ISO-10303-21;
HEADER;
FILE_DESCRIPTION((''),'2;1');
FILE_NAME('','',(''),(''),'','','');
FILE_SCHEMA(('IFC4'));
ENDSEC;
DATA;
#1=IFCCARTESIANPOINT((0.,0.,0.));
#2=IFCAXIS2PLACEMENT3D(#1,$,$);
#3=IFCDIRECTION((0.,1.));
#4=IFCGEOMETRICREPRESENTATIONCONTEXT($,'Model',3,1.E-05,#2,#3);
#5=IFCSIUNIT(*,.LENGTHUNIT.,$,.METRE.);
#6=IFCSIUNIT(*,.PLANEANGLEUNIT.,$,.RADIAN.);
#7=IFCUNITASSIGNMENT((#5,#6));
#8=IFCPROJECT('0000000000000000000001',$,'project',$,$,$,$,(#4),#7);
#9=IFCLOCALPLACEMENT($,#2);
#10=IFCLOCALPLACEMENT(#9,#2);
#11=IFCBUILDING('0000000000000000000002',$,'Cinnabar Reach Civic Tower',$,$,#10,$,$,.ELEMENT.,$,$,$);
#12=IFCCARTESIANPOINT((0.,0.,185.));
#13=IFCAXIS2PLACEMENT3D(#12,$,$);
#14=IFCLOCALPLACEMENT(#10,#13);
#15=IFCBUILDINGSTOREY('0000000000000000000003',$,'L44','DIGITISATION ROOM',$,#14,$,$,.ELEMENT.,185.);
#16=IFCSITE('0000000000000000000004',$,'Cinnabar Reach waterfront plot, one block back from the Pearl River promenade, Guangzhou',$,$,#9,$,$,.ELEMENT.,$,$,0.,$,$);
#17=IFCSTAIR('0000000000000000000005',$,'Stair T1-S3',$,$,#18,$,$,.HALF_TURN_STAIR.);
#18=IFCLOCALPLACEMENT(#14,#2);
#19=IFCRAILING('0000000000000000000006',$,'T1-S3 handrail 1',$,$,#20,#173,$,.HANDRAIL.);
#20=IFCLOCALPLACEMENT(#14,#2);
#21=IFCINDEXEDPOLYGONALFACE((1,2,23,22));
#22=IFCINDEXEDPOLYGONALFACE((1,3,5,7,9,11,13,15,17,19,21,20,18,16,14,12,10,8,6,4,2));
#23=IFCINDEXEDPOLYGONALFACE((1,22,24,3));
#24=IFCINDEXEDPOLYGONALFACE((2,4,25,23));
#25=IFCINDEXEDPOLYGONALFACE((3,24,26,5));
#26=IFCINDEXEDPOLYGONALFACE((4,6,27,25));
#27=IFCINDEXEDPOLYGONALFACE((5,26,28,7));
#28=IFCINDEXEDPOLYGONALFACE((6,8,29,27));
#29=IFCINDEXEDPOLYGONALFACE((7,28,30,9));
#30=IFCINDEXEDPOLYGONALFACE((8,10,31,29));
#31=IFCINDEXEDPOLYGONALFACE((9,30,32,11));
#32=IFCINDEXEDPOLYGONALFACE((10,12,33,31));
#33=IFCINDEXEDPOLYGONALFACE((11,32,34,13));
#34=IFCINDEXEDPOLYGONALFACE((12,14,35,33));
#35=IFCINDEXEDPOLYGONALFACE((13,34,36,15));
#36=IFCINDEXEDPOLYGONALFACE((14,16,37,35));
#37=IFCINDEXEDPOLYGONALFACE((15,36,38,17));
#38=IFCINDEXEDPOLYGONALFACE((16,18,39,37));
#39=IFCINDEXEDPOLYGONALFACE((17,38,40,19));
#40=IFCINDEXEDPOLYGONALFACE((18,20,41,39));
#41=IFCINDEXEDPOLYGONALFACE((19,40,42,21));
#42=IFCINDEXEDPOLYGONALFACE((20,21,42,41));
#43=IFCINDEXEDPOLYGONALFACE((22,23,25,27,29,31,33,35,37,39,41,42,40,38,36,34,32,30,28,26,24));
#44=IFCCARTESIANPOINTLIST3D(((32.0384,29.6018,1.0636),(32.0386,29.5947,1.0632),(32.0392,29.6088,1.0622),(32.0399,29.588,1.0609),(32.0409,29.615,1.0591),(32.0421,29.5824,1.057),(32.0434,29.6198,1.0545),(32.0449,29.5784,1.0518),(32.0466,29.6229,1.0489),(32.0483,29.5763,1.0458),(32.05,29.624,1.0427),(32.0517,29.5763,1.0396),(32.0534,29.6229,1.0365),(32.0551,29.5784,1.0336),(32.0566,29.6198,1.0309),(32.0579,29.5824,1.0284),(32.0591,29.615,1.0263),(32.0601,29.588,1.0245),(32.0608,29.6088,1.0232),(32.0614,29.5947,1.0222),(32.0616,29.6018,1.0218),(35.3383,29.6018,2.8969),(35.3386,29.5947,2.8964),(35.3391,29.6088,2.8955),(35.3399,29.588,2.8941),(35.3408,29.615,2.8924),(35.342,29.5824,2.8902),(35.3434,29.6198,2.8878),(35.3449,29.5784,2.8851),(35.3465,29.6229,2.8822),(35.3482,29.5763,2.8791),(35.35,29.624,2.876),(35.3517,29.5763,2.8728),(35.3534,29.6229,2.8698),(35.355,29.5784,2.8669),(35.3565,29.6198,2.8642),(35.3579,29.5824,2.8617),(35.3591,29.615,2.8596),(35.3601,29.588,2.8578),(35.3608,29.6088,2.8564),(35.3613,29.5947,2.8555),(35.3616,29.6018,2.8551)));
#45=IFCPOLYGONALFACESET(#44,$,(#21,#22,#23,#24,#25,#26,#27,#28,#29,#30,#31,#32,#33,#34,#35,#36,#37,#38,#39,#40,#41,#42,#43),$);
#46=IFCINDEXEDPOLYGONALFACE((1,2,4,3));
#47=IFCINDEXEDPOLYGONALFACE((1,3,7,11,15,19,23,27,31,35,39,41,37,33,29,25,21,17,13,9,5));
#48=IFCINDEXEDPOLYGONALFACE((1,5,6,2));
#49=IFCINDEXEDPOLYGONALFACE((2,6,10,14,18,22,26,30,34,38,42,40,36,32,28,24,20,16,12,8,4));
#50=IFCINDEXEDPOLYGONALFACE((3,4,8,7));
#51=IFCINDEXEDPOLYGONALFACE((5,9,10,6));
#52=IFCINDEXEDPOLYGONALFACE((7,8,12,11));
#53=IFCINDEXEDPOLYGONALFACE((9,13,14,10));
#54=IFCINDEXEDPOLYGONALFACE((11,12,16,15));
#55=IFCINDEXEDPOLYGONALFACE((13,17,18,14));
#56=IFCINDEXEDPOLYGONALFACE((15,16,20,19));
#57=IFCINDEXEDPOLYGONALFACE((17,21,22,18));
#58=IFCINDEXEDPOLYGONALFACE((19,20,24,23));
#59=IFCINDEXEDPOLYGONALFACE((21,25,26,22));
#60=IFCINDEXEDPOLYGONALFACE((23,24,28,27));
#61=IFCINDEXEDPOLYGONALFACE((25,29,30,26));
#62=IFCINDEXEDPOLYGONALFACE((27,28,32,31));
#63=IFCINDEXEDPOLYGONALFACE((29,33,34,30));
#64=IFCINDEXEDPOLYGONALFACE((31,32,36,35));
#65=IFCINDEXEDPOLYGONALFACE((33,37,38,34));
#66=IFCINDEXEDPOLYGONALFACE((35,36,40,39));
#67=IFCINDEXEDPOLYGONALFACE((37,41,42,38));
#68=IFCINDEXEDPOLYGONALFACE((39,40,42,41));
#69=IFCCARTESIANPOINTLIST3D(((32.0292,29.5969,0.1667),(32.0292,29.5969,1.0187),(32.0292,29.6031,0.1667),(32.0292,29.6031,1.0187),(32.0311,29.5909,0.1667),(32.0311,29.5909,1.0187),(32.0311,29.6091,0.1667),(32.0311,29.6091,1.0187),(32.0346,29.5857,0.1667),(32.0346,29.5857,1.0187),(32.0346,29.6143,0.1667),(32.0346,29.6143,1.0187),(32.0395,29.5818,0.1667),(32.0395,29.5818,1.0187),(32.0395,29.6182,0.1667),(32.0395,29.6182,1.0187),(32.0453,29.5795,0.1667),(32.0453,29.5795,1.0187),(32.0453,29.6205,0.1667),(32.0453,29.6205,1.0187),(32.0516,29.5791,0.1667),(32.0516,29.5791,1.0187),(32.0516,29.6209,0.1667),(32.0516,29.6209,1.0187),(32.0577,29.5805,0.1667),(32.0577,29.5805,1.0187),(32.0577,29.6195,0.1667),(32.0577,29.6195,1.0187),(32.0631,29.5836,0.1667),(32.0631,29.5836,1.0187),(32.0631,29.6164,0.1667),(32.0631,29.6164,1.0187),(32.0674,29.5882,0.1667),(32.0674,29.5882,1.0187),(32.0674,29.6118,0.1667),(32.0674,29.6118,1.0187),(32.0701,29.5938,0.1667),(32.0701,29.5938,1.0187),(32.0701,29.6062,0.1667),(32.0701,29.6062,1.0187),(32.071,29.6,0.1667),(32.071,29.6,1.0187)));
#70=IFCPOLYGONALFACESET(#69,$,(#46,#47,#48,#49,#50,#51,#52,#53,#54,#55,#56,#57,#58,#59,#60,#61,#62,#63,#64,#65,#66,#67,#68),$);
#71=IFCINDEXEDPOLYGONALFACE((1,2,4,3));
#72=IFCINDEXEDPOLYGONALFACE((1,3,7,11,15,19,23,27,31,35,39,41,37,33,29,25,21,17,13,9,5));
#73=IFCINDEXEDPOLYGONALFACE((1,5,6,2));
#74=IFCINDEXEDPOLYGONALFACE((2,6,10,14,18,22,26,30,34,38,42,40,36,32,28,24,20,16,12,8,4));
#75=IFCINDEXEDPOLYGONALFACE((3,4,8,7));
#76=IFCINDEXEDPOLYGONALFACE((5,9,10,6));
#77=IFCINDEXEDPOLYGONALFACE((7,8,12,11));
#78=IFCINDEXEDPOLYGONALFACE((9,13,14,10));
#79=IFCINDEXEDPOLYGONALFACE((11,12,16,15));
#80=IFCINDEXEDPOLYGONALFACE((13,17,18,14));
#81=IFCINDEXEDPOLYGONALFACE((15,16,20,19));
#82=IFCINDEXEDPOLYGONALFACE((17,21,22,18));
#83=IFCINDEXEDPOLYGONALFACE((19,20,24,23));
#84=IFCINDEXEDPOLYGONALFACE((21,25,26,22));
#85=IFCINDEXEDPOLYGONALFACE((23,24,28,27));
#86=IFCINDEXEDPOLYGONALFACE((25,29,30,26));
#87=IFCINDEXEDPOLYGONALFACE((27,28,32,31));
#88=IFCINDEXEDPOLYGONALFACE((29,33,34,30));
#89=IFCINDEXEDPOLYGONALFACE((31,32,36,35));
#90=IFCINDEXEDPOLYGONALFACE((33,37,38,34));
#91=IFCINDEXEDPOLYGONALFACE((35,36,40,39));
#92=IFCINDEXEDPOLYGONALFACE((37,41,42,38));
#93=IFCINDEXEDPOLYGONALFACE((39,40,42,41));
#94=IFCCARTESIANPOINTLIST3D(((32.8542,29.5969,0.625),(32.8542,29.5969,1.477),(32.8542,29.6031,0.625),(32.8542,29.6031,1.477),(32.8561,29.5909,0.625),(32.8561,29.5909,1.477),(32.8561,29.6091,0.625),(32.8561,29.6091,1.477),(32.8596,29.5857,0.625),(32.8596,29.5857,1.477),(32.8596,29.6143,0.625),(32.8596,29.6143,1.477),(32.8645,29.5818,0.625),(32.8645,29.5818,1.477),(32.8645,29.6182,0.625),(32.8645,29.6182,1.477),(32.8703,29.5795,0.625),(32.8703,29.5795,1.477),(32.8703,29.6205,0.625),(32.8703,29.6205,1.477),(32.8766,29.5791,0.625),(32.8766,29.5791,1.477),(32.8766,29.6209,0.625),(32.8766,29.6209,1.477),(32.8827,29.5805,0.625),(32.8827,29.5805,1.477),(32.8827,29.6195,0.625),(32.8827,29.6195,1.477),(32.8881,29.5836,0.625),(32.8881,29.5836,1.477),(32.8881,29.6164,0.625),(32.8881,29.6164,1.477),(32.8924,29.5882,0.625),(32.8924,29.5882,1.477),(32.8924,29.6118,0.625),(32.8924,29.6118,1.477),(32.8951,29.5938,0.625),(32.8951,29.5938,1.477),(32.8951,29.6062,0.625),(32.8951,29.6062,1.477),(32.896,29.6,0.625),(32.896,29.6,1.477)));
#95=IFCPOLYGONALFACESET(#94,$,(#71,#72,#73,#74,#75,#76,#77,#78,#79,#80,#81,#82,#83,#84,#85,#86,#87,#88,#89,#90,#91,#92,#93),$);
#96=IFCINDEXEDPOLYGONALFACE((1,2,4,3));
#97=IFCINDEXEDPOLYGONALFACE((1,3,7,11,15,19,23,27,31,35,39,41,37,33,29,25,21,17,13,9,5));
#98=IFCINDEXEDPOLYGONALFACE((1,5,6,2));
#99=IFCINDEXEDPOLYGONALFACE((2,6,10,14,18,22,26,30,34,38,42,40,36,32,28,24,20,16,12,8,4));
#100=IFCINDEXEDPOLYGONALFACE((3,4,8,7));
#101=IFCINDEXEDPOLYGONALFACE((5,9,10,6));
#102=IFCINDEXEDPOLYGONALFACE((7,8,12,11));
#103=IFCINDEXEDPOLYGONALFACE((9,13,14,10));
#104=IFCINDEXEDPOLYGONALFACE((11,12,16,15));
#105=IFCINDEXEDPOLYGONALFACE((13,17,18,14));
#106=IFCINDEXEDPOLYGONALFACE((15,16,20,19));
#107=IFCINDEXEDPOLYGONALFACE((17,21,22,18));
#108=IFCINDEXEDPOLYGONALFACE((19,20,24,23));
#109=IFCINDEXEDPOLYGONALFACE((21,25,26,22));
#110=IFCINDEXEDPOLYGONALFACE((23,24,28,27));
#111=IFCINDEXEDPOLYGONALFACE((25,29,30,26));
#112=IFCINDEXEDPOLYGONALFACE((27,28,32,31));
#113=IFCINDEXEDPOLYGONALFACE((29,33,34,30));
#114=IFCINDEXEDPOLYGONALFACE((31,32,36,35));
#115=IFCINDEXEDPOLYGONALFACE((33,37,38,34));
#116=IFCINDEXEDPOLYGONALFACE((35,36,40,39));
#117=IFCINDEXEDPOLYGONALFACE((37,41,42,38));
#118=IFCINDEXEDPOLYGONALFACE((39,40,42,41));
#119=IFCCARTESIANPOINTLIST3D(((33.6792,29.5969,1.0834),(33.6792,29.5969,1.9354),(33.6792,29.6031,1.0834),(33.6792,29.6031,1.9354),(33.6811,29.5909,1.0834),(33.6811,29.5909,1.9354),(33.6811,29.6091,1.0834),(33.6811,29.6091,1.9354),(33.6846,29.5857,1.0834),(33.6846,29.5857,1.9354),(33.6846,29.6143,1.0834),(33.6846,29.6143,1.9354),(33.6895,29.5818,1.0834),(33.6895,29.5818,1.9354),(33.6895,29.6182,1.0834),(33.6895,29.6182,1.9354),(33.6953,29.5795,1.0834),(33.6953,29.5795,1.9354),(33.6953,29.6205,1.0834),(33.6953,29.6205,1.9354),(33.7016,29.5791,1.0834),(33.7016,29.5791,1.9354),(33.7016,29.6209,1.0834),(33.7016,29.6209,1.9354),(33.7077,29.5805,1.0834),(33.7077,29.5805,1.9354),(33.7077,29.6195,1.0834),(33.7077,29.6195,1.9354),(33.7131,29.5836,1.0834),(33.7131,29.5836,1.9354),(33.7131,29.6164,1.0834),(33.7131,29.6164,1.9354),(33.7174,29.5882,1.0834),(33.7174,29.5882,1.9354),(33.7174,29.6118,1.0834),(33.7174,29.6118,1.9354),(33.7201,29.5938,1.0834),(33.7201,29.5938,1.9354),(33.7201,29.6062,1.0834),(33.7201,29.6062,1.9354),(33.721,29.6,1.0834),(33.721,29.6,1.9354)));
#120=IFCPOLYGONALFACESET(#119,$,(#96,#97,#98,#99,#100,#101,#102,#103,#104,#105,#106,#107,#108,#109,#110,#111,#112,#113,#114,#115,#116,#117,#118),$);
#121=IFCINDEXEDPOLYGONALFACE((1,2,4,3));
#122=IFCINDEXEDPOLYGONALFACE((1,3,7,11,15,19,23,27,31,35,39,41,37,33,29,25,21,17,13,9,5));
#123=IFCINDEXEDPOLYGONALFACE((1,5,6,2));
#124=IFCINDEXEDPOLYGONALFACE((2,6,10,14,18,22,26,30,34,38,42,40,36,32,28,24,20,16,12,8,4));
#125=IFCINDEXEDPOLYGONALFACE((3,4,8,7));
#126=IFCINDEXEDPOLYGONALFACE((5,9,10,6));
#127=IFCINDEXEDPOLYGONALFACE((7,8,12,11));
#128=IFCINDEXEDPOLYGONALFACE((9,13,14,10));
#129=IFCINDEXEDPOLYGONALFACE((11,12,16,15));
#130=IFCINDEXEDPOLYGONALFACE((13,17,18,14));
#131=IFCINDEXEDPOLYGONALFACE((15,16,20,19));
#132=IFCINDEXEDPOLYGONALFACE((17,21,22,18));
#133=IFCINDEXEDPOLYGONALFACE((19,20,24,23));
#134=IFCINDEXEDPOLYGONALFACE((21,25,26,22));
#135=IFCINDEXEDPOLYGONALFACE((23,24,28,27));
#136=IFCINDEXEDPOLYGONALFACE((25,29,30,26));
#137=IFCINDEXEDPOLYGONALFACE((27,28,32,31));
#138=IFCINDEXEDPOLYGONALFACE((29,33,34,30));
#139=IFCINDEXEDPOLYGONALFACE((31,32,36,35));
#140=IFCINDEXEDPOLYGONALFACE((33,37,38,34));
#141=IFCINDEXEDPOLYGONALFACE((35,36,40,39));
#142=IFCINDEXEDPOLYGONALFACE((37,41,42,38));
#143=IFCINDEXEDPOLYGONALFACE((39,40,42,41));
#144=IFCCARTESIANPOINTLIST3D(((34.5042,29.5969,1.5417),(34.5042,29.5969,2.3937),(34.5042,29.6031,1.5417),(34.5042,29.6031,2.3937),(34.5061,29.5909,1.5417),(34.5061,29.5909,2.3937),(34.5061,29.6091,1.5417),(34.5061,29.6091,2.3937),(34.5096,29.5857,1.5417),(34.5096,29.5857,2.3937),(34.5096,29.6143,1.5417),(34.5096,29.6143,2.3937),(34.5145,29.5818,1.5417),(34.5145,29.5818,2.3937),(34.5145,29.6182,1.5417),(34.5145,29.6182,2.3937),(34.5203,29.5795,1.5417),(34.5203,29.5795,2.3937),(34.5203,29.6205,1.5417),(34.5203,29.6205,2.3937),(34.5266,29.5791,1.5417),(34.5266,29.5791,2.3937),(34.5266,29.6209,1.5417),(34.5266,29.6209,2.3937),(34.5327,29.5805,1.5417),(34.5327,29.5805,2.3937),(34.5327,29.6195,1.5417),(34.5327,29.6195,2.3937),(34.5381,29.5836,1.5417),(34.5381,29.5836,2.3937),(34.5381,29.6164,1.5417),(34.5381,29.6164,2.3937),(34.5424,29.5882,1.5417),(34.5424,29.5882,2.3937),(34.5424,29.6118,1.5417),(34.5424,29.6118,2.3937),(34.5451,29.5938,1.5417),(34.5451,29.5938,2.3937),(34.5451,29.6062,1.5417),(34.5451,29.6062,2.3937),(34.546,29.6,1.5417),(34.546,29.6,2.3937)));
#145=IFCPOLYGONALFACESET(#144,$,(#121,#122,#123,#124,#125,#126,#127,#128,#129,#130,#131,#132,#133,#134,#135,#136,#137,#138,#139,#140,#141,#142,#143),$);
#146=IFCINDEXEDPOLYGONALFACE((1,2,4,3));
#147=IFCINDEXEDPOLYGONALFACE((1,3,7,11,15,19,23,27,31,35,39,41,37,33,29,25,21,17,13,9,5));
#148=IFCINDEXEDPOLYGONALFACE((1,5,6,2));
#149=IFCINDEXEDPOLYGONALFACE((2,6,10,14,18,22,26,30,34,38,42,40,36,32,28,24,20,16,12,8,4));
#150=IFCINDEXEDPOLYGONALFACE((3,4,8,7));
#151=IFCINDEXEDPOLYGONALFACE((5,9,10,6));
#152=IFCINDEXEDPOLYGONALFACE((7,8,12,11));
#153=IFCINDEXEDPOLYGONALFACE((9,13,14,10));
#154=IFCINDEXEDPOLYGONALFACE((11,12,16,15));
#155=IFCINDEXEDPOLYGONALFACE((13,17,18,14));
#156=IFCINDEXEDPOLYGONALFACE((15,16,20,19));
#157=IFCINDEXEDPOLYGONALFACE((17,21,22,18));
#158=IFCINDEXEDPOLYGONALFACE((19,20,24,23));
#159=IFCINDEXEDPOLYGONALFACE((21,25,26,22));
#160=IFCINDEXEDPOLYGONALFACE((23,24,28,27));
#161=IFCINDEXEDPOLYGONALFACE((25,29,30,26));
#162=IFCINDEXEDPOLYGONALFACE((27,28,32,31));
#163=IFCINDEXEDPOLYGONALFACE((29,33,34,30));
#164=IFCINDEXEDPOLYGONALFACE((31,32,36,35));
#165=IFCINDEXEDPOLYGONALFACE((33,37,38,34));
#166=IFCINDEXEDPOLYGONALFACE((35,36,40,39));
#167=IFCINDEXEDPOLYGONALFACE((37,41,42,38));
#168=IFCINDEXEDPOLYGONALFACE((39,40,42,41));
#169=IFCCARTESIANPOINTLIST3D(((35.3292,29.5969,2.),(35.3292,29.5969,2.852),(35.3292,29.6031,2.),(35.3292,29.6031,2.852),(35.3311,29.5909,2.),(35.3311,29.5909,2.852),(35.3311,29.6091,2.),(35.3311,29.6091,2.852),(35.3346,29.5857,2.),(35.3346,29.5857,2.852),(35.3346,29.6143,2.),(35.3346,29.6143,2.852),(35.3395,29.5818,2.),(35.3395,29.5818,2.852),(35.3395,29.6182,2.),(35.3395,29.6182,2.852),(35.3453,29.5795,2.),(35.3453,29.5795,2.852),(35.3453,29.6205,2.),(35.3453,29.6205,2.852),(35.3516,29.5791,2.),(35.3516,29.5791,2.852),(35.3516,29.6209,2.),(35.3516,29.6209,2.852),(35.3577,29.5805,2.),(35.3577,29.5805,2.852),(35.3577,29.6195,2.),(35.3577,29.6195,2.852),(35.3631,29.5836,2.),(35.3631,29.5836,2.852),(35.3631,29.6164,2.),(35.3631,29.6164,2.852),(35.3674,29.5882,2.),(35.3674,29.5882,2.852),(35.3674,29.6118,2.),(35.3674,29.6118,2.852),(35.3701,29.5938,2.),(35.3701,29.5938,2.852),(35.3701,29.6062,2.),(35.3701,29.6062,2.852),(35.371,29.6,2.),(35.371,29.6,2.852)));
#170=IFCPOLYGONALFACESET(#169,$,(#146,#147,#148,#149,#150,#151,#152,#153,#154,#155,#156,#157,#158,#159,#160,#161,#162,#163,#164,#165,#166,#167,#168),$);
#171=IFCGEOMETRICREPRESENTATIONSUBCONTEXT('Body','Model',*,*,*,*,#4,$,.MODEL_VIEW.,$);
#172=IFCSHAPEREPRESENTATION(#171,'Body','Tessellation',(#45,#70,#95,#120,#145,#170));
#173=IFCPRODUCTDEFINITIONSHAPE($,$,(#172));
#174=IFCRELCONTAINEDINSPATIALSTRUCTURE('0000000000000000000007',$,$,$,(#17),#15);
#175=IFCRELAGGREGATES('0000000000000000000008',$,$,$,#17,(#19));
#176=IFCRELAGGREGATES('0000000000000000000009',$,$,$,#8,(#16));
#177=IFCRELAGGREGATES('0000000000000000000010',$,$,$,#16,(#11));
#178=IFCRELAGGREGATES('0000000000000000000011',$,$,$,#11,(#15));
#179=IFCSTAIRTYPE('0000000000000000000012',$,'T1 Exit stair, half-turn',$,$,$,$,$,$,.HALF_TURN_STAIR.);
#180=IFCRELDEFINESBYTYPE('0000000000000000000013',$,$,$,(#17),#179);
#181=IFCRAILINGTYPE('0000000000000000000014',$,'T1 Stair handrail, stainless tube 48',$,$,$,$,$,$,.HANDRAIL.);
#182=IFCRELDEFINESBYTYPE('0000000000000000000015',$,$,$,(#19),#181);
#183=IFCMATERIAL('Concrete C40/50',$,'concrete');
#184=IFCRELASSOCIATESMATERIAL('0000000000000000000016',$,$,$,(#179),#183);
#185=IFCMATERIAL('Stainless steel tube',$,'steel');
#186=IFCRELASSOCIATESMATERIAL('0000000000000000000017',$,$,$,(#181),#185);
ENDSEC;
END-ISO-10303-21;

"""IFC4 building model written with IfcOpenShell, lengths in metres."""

from ifc_helpers import new_model, si_unit, direction, frame, origin, origin_2d, place, context, subcontext, project, spatial, circle, extrude, material, type_object, element, aggregate, save


model = new_model("IFC4")

# Units and contexts
model_context = context("Model", 3, precision=1e-05, world=origin(), true_north=direction((0.0, 1.0)))
body_context = subcontext(model_context, "Body", "Model", "MODEL_VIEW")
ifc_project = project(units=[si_unit("LENGTHUNIT", "METRE"), si_unit("PLANEANGLEUNIT", "RADIAN")], contexts=[model_context])

# Site, building, storey
site_placement = place(None, origin())
site = spatial("IfcSite", under=ifc_project, at=site_placement, Name="Cinnabar Reach waterfront plot, one block back from the Pearl River promenade, Guangzhou", CompositionType="ELEMENT", RefElevation=0.0)
building_placement = place(site_placement, origin())
building = spatial("IfcBuilding", under=site, at=building_placement, Name="Cinnabar Reach Civic Tower", CompositionType="ELEMENT")
storey_placement = place(building_placement, frame((0.0, 0.0, 185.0)))
storey = spatial("IfcBuildingStorey", under=building, at=storey_placement, Name="L44", Description="DIGITISATION ROOM", CompositionType="ELEMENT", Elevation=185.0)

# Stair, railing
ifc_material_1 = material(Name="Concrete C40/50", Category="concrete")
stair_type = type_object("IfcStairType", Name="T1 Exit stair, half-turn", PredefinedType="HALF_TURN_STAIR", material=ifc_material_1)
stair_placement = place(storey_placement, origin())
stair = element("IfcStair", 1, at=stair_placement, inside=storey, type_object=stair_type, Name="Stair T1-S3", PredefinedType="HALF_TURN_STAIR")
ifc_material_2 = material(Name="Stainless steel tube", Category="steel")
railing_type = type_object("IfcRailingType", Name="T1 Stair handrail, stainless tube 48", PredefinedType="HANDRAIL", material=ifc_material_2)
railing_placement = place(storey_placement, frame((32.05, 29.6, 0.1667)))
railing = element("IfcRailing", 2, at=railing_placement, type_object=railing_type, Name="T1-S3 handrail 1", PredefinedType="HANDRAIL", context=body_context, shape_type="SweptSolid", body=[
    extrude(circle(Radius=0.024, at=origin_2d()), frame((0.0, 0.0, 0.876), z_axis=(0.874161, 0.0, 0.485636), x_axis=(0.0, 1.0, 0.0)), (0.0, 0.0, 1.0), 3.775),
    extrude(circle(Radius=0.021, at=origin_2d()), origin(), (0.0, 0.0, 1.0), 0.852),
    extrude(circle(Radius=0.021, at=origin_2d()), frame((0.825, 0.0, 0.4583)), (0.0, 0.0, 1.0), 0.852),
    extrude(circle(Radius=0.021, at=origin_2d()), frame((1.65, 0.0, 0.9167)), (0.0, 0.0, 1.0), 0.852),
    extrude(circle(Radius=0.021, at=origin_2d()), frame((2.475, 0.0, 1.375)), (0.0, 0.0, 1.0), 0.852),
    extrude(circle(Radius=0.021, at=origin_2d()), frame((3.3, 0.0, 1.8333)), (0.0, 0.0, 1.0), 0.852),
])
aggregate(stair, [railing])

save(model, "model.ifc")
